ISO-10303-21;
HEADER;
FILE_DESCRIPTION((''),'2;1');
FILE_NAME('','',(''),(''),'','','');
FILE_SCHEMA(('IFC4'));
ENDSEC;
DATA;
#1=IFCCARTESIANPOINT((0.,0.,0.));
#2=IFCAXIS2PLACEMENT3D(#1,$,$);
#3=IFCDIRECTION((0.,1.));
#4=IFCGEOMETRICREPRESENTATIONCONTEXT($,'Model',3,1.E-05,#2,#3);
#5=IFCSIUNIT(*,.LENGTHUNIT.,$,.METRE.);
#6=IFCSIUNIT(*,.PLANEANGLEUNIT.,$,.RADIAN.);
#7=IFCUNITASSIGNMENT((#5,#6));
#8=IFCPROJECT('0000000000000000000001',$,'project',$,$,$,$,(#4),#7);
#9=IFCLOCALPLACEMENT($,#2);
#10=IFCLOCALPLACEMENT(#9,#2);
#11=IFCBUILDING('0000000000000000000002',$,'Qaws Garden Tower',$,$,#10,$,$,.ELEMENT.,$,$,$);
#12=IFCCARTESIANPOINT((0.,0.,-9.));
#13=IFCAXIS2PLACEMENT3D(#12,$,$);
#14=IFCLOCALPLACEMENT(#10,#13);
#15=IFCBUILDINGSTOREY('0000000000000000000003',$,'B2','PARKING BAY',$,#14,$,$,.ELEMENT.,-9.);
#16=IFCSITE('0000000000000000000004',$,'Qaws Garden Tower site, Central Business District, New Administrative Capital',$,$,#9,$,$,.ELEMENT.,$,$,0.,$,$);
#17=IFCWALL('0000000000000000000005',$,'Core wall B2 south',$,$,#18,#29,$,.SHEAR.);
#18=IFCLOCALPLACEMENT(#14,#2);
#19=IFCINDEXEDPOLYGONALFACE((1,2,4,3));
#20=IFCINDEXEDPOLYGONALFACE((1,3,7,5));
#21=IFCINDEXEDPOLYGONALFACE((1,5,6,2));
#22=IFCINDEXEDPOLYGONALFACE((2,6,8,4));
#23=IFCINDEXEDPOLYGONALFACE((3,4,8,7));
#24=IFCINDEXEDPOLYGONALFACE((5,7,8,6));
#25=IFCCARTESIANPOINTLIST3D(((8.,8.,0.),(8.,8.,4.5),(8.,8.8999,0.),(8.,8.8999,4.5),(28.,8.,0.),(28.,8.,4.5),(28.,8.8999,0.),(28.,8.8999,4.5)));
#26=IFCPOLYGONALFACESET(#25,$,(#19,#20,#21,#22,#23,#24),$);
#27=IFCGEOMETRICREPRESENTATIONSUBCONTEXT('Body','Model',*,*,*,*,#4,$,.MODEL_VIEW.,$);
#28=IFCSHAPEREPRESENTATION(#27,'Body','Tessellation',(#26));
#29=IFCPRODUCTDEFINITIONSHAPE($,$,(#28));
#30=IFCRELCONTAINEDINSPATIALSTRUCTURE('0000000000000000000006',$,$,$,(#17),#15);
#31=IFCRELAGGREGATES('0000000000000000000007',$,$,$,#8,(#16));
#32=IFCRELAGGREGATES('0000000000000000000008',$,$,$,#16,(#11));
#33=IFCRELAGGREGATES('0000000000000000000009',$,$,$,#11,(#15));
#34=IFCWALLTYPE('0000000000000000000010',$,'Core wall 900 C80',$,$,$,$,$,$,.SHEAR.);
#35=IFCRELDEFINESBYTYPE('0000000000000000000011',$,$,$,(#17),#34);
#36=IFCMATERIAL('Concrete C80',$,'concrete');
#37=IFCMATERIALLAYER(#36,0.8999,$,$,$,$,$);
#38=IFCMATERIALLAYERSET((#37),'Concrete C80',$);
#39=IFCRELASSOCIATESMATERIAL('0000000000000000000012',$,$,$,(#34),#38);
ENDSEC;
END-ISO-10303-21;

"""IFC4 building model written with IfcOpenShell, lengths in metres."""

from ifc_helpers import new_model, si_unit, direction, frame, frame_2d, origin, place, context, subcontext, project, spatial, rectangle, extrude, material, layer, layer_set, type_object, element, save


model = new_model("IFC4")

# Units and contexts
model_context = context("Model", 3, precision=1e-05, world=origin(), true_north=direction((0.0, 1.0)))
body_context = subcontext(model_context, "Body", "Model", "MODEL_VIEW")
ifc_project = project(units=[si_unit("LENGTHUNIT", "METRE"), si_unit("PLANEANGLEUNIT", "RADIAN")], contexts=[model_context])

# Site, building, storey
site_placement = place(None, origin())
site = spatial("IfcSite", under=ifc_project, at=site_placement, Name="Qaws Garden Tower site, Central Business District, New Administrative Capital", CompositionType="ELEMENT", RefElevation=0.0)
building_placement = place(site_placement, origin())
building = spatial("IfcBuilding", under=site, at=building_placement, Name="Qaws Garden Tower", CompositionType="ELEMENT")
storey_placement = place(building_placement, frame((0.0, 0.0, -9.0)))
storey = spatial("IfcBuildingStorey", under=building, at=storey_placement, Name="B2", Description="PARKING BAY", CompositionType="ELEMENT", Elevation=-9.0)

# Wall
ifc_material_1 = material(Name="Concrete C80", Category="concrete")
ifc_layer_1 = layer(ifc_material_1, 0.8999)
ifc_layer_set_1 = layer_set([ifc_layer_1], Name="Concrete C80")
wall_type = type_object("IfcWallType", Name="Core wall 900 C80", PredefinedType="SHEAR", material=ifc_layer_set_1)
wall_placement = place(storey_placement, frame((8.0, 8.45, 0.0), z_axis=(0.0, 0.0, 1.0), x_axis=(1.0, 0.0, 0.0)))
element("IfcWall", 1, at=wall_placement, inside=storey, type_object=wall_type, Name="Core wall B2 south", PredefinedType="SHEAR", context=body_context, shape_type="SweptSolid", body=[
    extrude(rectangle(XDim=20.0, YDim=0.8999, at=frame_2d((10.0, 0.0))), origin(), (0.0, 0.0, 1.0), 4.5),
])

save(model, "model.ifc")
